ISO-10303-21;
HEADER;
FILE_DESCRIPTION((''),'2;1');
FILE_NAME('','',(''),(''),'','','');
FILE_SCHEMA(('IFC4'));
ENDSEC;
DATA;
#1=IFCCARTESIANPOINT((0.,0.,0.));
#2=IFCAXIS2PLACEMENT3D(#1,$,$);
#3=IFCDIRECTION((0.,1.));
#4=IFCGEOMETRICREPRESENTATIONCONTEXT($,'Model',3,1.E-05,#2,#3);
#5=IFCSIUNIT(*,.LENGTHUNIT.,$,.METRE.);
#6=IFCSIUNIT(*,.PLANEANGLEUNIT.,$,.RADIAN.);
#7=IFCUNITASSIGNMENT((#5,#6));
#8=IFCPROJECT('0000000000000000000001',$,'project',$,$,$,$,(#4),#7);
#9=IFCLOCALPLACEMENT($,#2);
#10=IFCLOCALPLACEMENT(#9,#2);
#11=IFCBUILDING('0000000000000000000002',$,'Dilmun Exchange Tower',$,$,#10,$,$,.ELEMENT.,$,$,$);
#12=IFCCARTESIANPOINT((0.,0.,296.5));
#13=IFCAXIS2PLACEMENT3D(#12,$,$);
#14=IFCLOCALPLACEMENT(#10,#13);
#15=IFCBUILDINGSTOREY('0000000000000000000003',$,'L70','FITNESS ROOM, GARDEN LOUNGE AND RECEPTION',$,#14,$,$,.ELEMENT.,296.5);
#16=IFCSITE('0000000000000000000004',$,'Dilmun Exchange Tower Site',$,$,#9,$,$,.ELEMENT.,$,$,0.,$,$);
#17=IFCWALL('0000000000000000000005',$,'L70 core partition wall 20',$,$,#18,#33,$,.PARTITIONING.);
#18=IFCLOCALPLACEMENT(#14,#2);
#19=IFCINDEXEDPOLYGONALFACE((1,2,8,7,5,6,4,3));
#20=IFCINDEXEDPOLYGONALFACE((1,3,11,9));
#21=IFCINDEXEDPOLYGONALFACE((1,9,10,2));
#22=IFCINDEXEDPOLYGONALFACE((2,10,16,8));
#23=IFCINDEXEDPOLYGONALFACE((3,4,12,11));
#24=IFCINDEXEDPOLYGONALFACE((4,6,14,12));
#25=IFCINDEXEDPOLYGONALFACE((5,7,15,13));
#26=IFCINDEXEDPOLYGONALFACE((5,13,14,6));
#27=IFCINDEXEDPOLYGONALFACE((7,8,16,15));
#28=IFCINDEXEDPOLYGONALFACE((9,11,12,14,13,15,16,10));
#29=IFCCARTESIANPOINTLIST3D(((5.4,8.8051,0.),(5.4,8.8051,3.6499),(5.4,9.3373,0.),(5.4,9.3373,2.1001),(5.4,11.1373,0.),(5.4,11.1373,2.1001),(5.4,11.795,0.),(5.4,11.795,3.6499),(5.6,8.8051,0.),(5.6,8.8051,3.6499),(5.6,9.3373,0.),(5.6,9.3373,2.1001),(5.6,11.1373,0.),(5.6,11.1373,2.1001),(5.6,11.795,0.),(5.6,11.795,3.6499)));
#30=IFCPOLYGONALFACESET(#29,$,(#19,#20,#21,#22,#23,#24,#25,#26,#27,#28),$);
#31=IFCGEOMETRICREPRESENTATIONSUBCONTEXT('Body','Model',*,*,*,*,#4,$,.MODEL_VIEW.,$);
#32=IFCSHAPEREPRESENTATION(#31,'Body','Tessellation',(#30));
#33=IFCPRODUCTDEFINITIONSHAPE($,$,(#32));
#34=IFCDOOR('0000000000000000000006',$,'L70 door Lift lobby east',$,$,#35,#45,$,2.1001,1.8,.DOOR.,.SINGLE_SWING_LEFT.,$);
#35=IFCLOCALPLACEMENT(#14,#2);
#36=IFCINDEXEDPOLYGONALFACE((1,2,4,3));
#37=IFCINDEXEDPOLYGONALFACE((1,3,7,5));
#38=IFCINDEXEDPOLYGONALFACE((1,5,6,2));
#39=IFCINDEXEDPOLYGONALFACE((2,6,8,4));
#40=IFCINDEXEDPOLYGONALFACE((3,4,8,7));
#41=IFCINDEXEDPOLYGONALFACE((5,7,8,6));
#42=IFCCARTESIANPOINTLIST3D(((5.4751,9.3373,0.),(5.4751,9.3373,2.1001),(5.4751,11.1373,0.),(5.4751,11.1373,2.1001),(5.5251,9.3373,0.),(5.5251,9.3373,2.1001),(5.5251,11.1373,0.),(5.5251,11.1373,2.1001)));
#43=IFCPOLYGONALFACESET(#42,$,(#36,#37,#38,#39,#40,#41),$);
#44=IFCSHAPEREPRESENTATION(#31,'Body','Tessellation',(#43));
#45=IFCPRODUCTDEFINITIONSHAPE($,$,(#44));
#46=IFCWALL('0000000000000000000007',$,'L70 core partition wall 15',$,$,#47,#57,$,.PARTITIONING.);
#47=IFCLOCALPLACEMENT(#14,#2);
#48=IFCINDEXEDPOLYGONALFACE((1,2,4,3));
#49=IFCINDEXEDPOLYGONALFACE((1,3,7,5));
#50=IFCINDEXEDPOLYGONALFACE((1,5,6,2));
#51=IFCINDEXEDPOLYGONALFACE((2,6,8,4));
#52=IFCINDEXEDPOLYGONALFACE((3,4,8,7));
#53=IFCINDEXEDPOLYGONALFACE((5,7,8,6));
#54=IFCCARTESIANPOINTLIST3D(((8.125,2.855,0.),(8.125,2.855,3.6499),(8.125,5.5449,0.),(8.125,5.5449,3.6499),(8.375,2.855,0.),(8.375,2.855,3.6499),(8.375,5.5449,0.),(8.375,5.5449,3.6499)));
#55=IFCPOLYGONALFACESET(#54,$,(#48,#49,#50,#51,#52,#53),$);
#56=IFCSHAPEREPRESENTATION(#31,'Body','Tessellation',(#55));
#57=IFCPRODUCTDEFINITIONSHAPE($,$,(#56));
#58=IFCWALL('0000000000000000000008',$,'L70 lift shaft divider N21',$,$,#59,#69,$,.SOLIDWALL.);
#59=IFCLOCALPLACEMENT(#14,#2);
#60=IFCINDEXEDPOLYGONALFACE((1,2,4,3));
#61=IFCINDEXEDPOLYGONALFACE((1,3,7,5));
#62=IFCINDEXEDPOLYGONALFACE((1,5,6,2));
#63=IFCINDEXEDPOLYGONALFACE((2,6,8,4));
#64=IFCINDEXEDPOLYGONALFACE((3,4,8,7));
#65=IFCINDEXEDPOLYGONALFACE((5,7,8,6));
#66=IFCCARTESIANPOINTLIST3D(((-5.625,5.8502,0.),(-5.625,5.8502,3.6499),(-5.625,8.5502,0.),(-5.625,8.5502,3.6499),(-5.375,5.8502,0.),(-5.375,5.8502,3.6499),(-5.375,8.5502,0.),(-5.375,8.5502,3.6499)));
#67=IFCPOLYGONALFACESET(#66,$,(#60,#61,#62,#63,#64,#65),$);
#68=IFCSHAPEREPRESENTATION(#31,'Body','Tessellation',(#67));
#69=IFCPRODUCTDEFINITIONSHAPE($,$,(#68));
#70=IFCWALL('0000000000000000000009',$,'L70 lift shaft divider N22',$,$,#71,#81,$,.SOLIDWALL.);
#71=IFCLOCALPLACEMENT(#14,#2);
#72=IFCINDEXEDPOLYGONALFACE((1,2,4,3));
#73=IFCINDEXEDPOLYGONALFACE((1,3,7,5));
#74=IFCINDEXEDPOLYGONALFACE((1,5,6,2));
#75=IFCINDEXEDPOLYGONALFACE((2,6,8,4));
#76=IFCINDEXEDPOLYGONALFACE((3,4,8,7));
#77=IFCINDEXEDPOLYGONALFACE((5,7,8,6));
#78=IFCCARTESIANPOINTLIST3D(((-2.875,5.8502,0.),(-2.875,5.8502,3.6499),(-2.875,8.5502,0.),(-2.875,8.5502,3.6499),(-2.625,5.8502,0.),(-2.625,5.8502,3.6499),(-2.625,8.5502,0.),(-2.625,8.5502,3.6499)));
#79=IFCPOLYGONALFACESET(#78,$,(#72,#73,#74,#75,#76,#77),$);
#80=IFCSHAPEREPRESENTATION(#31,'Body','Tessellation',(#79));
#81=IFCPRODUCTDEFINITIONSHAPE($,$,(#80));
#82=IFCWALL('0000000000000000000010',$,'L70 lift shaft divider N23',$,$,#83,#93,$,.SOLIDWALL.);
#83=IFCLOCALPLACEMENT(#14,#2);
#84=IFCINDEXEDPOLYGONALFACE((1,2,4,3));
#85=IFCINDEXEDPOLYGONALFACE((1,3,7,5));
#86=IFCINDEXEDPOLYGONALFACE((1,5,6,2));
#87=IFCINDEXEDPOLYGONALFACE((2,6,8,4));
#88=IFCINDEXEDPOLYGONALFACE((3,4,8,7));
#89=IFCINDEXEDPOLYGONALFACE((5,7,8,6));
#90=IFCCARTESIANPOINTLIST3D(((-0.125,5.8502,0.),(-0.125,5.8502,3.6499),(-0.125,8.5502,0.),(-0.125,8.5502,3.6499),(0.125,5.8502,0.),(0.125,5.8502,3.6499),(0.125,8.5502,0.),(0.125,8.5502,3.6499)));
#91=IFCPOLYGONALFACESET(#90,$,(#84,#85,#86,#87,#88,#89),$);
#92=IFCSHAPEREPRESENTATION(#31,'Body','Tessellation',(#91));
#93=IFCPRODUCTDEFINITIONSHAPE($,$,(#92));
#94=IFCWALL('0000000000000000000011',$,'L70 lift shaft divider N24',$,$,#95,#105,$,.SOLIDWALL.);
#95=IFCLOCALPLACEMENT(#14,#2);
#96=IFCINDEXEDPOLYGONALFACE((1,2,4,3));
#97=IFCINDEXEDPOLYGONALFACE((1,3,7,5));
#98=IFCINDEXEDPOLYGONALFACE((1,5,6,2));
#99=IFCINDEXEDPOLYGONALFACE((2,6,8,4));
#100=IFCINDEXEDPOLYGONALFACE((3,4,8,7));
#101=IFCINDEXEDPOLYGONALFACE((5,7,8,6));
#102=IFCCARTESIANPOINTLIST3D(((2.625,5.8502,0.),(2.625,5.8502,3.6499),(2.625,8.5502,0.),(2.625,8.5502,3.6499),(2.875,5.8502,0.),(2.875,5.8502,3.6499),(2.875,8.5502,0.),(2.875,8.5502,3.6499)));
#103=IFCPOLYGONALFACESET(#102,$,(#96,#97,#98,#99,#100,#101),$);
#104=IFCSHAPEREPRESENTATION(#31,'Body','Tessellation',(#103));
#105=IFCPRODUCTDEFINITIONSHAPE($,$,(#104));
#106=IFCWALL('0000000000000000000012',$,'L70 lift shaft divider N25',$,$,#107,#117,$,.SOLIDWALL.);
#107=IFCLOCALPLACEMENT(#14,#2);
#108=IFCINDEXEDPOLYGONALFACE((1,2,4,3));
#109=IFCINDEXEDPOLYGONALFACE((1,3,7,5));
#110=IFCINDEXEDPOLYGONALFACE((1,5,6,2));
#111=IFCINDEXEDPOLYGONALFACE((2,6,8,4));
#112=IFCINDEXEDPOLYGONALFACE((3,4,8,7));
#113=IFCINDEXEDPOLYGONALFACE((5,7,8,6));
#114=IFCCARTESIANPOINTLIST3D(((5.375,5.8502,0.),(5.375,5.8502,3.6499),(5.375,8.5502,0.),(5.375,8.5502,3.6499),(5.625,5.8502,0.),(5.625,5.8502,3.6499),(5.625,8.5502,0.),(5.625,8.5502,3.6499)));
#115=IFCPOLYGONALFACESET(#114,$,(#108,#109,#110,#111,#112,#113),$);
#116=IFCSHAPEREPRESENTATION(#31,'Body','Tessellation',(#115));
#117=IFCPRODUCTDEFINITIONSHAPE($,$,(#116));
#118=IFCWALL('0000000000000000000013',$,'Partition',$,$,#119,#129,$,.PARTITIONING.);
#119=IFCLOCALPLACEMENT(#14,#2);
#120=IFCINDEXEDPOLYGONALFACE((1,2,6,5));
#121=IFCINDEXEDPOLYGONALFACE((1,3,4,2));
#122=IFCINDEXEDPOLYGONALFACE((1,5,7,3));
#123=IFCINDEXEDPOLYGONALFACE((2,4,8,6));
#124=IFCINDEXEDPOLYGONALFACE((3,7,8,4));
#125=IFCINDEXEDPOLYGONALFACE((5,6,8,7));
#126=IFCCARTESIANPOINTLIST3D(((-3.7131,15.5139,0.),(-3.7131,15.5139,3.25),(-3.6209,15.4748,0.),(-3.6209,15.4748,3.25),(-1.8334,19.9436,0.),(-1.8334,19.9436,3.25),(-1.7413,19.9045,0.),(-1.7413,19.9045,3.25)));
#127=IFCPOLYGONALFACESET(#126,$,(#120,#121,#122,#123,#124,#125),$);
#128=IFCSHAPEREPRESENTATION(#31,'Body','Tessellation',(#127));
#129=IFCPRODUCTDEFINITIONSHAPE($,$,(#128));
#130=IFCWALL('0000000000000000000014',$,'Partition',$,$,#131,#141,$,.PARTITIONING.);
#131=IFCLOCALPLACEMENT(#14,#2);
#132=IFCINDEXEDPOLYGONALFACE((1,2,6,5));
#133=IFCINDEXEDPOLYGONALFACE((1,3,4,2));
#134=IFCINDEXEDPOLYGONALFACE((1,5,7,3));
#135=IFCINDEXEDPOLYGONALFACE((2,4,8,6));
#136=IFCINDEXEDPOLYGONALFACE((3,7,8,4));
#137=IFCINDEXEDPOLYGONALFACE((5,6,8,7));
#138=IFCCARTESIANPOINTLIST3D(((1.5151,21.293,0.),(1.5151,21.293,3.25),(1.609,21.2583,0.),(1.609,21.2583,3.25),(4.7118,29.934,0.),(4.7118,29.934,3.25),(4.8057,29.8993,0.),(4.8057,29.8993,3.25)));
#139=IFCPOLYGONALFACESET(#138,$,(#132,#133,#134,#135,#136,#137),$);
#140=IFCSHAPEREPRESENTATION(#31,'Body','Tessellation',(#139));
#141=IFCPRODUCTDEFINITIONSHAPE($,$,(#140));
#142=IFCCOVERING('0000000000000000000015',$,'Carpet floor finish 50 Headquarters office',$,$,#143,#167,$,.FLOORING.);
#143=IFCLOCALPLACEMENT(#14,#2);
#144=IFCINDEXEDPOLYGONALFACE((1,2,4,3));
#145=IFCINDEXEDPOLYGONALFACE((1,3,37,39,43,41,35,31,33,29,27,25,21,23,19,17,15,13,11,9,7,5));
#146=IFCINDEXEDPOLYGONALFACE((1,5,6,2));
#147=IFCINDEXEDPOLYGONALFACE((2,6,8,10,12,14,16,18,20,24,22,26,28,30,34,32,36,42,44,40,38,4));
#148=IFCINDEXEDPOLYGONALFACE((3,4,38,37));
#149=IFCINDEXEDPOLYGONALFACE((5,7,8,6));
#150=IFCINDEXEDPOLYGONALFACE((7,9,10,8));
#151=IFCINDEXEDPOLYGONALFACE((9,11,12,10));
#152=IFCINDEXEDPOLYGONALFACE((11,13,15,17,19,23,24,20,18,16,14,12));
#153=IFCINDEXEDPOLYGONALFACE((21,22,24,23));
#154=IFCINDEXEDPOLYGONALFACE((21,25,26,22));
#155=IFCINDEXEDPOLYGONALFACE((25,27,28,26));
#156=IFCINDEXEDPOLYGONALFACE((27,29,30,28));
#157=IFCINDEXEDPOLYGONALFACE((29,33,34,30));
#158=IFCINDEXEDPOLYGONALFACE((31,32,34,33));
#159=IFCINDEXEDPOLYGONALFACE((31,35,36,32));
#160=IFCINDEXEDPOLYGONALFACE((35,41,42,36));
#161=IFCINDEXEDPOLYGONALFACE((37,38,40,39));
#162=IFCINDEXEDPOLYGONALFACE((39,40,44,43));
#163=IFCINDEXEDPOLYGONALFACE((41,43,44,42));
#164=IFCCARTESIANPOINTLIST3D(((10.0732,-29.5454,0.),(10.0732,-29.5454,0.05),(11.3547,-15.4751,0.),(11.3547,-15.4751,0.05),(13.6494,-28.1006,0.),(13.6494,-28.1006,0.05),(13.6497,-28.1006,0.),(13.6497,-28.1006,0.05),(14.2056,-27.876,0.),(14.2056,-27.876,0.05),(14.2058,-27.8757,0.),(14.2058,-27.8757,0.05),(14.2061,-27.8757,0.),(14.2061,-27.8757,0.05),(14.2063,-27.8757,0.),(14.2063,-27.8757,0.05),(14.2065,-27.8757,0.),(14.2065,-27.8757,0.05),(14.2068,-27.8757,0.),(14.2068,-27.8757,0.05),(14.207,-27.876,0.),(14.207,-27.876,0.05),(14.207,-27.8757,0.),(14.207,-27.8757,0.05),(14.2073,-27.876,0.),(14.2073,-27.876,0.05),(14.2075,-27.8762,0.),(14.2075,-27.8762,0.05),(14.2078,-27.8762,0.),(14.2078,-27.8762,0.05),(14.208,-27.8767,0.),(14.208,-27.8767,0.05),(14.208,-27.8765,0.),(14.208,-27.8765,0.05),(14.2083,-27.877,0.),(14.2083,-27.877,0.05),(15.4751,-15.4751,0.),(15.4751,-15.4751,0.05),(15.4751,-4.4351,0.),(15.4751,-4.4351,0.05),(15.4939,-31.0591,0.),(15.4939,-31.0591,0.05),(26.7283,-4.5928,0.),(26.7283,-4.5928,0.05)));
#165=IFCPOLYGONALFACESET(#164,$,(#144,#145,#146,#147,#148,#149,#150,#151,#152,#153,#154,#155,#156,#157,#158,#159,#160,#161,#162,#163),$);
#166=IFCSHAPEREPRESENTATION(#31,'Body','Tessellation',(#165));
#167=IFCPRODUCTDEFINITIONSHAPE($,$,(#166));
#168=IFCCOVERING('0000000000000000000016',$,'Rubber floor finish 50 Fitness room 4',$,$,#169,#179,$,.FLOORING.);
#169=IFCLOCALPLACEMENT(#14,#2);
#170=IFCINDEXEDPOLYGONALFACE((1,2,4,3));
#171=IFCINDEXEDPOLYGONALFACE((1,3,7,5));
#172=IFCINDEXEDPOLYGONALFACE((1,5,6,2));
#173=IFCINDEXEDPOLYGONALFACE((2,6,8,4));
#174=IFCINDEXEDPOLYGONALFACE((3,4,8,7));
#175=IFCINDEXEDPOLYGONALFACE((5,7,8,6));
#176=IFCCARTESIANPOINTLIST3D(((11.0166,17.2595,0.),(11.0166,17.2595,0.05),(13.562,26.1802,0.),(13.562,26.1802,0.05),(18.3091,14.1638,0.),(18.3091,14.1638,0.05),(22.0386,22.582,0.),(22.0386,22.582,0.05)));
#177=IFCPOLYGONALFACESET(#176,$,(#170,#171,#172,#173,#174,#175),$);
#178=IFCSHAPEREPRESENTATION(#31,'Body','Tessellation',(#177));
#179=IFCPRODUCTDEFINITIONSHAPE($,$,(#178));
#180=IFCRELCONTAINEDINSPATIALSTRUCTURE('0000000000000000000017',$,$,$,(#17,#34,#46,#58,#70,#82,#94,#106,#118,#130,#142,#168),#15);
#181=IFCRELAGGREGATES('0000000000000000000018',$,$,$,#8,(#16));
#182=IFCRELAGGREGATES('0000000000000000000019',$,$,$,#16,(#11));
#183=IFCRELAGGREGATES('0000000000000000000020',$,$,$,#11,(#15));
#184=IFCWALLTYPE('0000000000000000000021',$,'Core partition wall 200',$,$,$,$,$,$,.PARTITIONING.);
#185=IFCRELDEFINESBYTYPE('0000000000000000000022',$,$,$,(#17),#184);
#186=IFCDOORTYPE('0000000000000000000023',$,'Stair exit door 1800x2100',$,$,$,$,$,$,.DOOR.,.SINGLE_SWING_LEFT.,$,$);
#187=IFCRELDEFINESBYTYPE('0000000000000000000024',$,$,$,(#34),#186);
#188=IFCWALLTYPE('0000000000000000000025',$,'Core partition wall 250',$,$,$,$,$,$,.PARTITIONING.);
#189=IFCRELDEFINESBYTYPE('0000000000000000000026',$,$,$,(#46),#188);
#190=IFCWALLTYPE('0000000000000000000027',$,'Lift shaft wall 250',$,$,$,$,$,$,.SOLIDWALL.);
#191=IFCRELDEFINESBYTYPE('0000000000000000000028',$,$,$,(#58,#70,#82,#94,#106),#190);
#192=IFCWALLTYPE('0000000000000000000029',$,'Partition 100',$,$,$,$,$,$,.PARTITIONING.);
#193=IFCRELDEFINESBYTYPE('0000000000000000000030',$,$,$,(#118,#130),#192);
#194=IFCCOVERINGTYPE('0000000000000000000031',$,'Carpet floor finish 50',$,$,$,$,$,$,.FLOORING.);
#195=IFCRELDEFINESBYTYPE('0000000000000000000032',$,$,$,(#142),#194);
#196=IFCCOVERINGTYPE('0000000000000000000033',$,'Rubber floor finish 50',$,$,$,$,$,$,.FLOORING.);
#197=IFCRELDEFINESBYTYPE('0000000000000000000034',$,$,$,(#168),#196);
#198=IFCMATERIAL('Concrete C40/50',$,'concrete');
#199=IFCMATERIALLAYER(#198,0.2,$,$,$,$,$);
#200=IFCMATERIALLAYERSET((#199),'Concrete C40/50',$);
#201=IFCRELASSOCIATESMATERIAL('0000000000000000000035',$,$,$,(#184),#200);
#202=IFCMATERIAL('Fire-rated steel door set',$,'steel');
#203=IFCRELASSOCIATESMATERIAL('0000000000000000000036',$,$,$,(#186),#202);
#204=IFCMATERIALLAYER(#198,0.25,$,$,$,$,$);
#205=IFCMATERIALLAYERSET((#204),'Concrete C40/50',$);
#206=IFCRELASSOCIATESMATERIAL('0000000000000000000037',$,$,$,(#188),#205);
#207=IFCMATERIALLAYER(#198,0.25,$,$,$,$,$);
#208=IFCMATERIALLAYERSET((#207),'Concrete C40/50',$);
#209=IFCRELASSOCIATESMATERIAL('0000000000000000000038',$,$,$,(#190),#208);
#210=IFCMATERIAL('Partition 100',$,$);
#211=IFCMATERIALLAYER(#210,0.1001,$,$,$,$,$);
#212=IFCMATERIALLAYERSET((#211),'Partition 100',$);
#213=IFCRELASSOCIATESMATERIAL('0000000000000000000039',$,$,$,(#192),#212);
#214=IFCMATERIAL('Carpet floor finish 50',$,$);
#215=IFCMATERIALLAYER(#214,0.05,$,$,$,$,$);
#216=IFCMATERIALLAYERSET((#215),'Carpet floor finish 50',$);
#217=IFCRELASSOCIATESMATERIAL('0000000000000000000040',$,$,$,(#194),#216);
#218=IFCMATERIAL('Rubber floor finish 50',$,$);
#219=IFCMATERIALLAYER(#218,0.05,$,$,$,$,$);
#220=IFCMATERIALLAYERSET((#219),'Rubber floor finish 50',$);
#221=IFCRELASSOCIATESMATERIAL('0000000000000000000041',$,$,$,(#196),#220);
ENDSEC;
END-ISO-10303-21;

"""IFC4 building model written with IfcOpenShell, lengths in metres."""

from ifc_helpers import new_model, si_unit, direction, frame, frame_2d, origin, place, context, subcontext, project, spatial, polyline, rectangle, outline, extrude, material, layer, layer_set, type_object, element, fill, save


model = new_model("IFC4")

# Units and contexts
model_context = context("Model", 3, precision=1e-05, world=origin(), true_north=direction((0.0, 1.0)))
body_context = subcontext(model_context, "Body", "Model", "MODEL_VIEW")
ifc_project = project(units=[si_unit("LENGTHUNIT", "METRE"), si_unit("PLANEANGLEUNIT", "RADIAN")], contexts=[model_context])

# Site, building, storey
site_placement = place(None, origin())
site = spatial("IfcSite", under=ifc_project, at=site_placement, Name="Dilmun Exchange Tower Site", CompositionType="ELEMENT", RefElevation=0.0)
building_placement = place(site_placement, origin())
building = spatial("IfcBuilding", under=site, at=building_placement, Name="Dilmun Exchange Tower", CompositionType="ELEMENT")
storey_placement = place(building_placement, frame((0.0, 0.0, 296.5)))
storey = spatial("IfcBuildingStorey", under=building, at=storey_placement, Name="L70", Description="FITNESS ROOM, GARDEN LOUNGE AND RECEPTION", CompositionType="ELEMENT", Elevation=296.5)

# Shared definitions
ifc_material_1 = material(Name="Concrete C40/50", Category="concrete")

# Shared definitions
ifc_layer_1 = layer(ifc_material_1, 0.2)
ifc_layer_set_1 = layer_set([ifc_layer_1], Name="Concrete C40/50")
wall_type_1 = type_object("IfcWallType", Name="Core partition wall 200", PredefinedType="PARTITIONING", material=ifc_layer_set_1)

# Wall, opening, door
wall_1_placement = place(storey_placement, frame((5.5, 8.8049, 0.0), z_axis=(0.0, 0.0, 1.0), x_axis=(0.0, 1.0, 0.0)))
wall_1 = element("IfcWall", 1, at=wall_1_placement, inside=storey, type_object=wall_type_1, Name="L70 core partition wall 20", PredefinedType="PARTITIONING", context=body_context, shape_type="SweptSolid", body=[
    extrude(rectangle(XDim=2.99, YDim=0.2, at=frame_2d((1.4951, 0.0))), origin(), (0.0, 0.0, 1.0), 3.6499),
])
opening_placement = place(wall_1_placement, frame((0.5325, 0.0, 0.0)))
opening = element("IfcOpeningElement", 2, at=opening_placement, cuts=wall_1, PredefinedType="OPENING", context=body_context, shape_type="SweptSolid", body=[
    extrude(rectangle(XDim=1.8, YDim=2.1001, at=frame_2d((0.8999, 1.05))), frame((0.0, 0.1099, 0.0), z_axis=(0.0, -1.0, 0.0), x_axis=(1.0, 0.0, 0.0)), (0.0, 0.0, 1.0), 0.22),
])
ifc_material_2 = material(Name="Fire-rated steel door set", Category="steel")
door_type = type_object("IfcDoorType", Name="Stair exit door 1800x2100", OperationType="SINGLE_SWING_LEFT", PredefinedType="DOOR", material=ifc_material_2)
door_placement = place(opening_placement, origin())
door = element("IfcDoor", 3, at=door_placement, inside=storey, type_object=door_type, Name="L70 door Lift lobby east", OperationType="SINGLE_SWING_LEFT", OverallHeight=2.1001, OverallWidth=1.8, PredefinedType="DOOR", context=body_context, shape_type="SweptSolid", body=[
    extrude(rectangle(XDim=1.8, YDim=2.1001, at=frame_2d((0.8999, 1.05))), frame((0.0, 0.0249, 0.0), z_axis=(0.0, -1.0, 0.0), x_axis=(1.0, 0.0, 0.0)), (0.0, 0.0, 1.0), 0.05),
])
fill(opening, door)

# Walls
ifc_layer_2 = layer(ifc_material_1, 0.25)
ifc_layer_set_2 = layer_set([ifc_layer_2], Name="Concrete C40/50")
wall_type_2 = type_object("IfcWallType", Name="Core partition wall 250", PredefinedType="PARTITIONING", material=ifc_layer_set_2)
wall_2_placement = place(storey_placement, frame((8.25, 2.855, 0.0), z_axis=(0.0, 0.0, 1.0), x_axis=(0.0, 1.0, 0.0)))
element("IfcWall", 4, at=wall_2_placement, inside=storey, type_object=wall_type_2, Name="L70 core partition wall 15", PredefinedType="PARTITIONING", context=body_context, shape_type="SweptSolid", body=[
    extrude(rectangle(XDim=2.6899, YDim=0.25, at=frame_2d((1.345, 0.0))), origin(), (0.0, 0.0, 1.0), 3.6499),
])
ifc_layer_3 = layer(ifc_material_1, 0.25)
ifc_layer_set_3 = layer_set([ifc_layer_3], Name="Concrete C40/50")
wall_type_3 = type_object("IfcWallType", Name="Lift shaft wall 250", PredefinedType="SOLIDWALL", material=ifc_layer_set_3)
for number, where, z_axis, x_axis, name in (
    (5, (-5.5, 5.8501, 0.0), (0.0, 0.0, 1.0), (0.0, 1.0, 0.0), "L70 lift shaft divider N21"),
    (6, (-2.75, 5.8501, 0.0), (0.0, 0.0, 1.0), (0.0, 1.0, 0.0), "L70 lift shaft divider N22"),
    (7, (0.0, 5.8501, 0.0), (0.0, 0.0, 1.0), (0.0, 1.0, 0.0), "L70 lift shaft divider N23"),
    (8, (2.75, 5.8501, 0.0), (0.0, 0.0, 1.0), (0.0, 1.0, 0.0), "L70 lift shaft divider N24"),
    (9, (5.5, 5.8501, 0.0), (0.0, 0.0, 1.0), (0.0, 1.0, 0.0), "L70 lift shaft divider N25"),
):
    element("IfcWall", number, at=place(storey_placement, frame(where, z_axis=z_axis, x_axis=x_axis)), inside=storey, type_object=wall_type_3, Name=name, PredefinedType="SOLIDWALL", context=body_context, shape_type="SweptSolid", body=[
        extrude(rectangle(XDim=2.7, YDim=0.25, at=frame_2d((1.3501, 0.0))), origin(), (0.0, 0.0, 1.0), 3.6499),
    ])
ifc_material_3 = material(Name="Partition 100")
ifc_layer_4 = layer(ifc_material_3, 0.1001)
ifc_layer_set_4 = layer_set([ifc_layer_4], Name="Partition 100")
wall_type_4 = type_object("IfcWallType", Name="Partition 100", PredefinedType="PARTITIONING", material=ifc_layer_set_4)
wall_3_placement = place(storey_placement, frame((-3.667, 15.4944, 0.0), z_axis=(0.0, 0.0, 1.0), x_axis=(0.390616, 0.920554, 0.0)))
element("IfcWall", 10, at=wall_3_placement, inside=storey, type_object=wall_type_4, Name="Partition", PredefinedType="PARTITIONING", context=body_context, shape_type="SweptSolid", body=[
    extrude(rectangle(XDim=4.812, YDim=0.1001, at=frame_2d((2.406, 0.0))), origin(), (0.0, 0.0, 1.0), 3.25),
])
wall_4_placement = place(storey_placement, frame((1.562, 21.2756, 0.0), z_axis=(0.0, 0.0, 1.0), x_axis=(0.346967, 0.937877, 0.0)))
element("IfcWall", 11, at=wall_4_placement, inside=storey, type_object=wall_type_4, Name="Partition", PredefinedType="PARTITIONING", context=body_context, shape_type="SweptSolid", body=[
    extrude(rectangle(XDim=9.2134, YDim=0.1001, at=frame_2d((4.6067, 0.0))), origin(), (0.0, 0.0, 1.0), 3.25),
])

# Coverings
ifc_material_4 = material(Name="Carpet floor finish 50")
ifc_layer_5 = layer(ifc_material_4, 0.05)
ifc_layer_set_5 = layer_set([ifc_layer_5], Name="Carpet floor finish 50")
covering_type_1 = type_object("IfcCoveringType", Name="Carpet floor finish 50", PredefinedType="FLOORING", material=ifc_layer_set_5)
covering_1_placement = place(storey_placement, origin())
element("IfcCovering", 12, at=covering_1_placement, inside=storey, type_object=covering_type_1, Name="Carpet floor finish 50 Headquarters office", PredefinedType="FLOORING", context=body_context, shape_type="SweptSolid", body=[
    extrude(outline(polyline([(15.4751, -4.4351), (26.7283, -4.5928), (15.4939, -31.0591), (14.2083, -27.877), (14.208, -27.8767), (14.208, -27.8767), (14.208, -27.8765), (14.2078, -27.8762), (14.2075, -27.8762), (14.2075, -27.8762), (14.2073, -27.876), (14.207, -27.876), (14.207, -27.8757), (14.2068, -27.8757), (14.2065, -27.8757), (14.2063, -27.8757), (14.2063, -27.8757), (14.2061, -27.8757), (14.2058, -27.8757), (14.2056, -27.876), (13.6497, -28.1006), (13.6497, -28.1006), (13.6494, -28.1006), (13.6494, -28.1006), (10.0732, -29.5454), (11.3547, -15.4751), (15.4751, -15.4751), (15.4751, -4.4351)])), origin(), (0.0, 0.0, 1.0), 0.05),
])
ifc_material_5 = material(Name="Rubber floor finish 50")
ifc_layer_6 = layer(ifc_material_5, 0.05)
ifc_layer_set_6 = layer_set([ifc_layer_6], Name="Rubber floor finish 50")
covering_type_2 = type_object("IfcCoveringType", Name="Rubber floor finish 50", PredefinedType="FLOORING", material=ifc_layer_set_6)
covering_2_placement = place(storey_placement, origin())
element("IfcCovering", 13, at=covering_2_placement, inside=storey, type_object=covering_type_2, Name="Rubber floor finish 50 Fitness room 4", PredefinedType="FLOORING", context=body_context, shape_type="SweptSolid", body=[
    extrude(outline(polyline([(18.3091, 14.1638), (11.0166, 17.2595), (13.562, 26.1802), (22.0386, 22.582), (18.3091, 14.1638)])), origin(), (0.0, 0.0, 1.0), 0.05),
])

save(model, "model.ifc")
